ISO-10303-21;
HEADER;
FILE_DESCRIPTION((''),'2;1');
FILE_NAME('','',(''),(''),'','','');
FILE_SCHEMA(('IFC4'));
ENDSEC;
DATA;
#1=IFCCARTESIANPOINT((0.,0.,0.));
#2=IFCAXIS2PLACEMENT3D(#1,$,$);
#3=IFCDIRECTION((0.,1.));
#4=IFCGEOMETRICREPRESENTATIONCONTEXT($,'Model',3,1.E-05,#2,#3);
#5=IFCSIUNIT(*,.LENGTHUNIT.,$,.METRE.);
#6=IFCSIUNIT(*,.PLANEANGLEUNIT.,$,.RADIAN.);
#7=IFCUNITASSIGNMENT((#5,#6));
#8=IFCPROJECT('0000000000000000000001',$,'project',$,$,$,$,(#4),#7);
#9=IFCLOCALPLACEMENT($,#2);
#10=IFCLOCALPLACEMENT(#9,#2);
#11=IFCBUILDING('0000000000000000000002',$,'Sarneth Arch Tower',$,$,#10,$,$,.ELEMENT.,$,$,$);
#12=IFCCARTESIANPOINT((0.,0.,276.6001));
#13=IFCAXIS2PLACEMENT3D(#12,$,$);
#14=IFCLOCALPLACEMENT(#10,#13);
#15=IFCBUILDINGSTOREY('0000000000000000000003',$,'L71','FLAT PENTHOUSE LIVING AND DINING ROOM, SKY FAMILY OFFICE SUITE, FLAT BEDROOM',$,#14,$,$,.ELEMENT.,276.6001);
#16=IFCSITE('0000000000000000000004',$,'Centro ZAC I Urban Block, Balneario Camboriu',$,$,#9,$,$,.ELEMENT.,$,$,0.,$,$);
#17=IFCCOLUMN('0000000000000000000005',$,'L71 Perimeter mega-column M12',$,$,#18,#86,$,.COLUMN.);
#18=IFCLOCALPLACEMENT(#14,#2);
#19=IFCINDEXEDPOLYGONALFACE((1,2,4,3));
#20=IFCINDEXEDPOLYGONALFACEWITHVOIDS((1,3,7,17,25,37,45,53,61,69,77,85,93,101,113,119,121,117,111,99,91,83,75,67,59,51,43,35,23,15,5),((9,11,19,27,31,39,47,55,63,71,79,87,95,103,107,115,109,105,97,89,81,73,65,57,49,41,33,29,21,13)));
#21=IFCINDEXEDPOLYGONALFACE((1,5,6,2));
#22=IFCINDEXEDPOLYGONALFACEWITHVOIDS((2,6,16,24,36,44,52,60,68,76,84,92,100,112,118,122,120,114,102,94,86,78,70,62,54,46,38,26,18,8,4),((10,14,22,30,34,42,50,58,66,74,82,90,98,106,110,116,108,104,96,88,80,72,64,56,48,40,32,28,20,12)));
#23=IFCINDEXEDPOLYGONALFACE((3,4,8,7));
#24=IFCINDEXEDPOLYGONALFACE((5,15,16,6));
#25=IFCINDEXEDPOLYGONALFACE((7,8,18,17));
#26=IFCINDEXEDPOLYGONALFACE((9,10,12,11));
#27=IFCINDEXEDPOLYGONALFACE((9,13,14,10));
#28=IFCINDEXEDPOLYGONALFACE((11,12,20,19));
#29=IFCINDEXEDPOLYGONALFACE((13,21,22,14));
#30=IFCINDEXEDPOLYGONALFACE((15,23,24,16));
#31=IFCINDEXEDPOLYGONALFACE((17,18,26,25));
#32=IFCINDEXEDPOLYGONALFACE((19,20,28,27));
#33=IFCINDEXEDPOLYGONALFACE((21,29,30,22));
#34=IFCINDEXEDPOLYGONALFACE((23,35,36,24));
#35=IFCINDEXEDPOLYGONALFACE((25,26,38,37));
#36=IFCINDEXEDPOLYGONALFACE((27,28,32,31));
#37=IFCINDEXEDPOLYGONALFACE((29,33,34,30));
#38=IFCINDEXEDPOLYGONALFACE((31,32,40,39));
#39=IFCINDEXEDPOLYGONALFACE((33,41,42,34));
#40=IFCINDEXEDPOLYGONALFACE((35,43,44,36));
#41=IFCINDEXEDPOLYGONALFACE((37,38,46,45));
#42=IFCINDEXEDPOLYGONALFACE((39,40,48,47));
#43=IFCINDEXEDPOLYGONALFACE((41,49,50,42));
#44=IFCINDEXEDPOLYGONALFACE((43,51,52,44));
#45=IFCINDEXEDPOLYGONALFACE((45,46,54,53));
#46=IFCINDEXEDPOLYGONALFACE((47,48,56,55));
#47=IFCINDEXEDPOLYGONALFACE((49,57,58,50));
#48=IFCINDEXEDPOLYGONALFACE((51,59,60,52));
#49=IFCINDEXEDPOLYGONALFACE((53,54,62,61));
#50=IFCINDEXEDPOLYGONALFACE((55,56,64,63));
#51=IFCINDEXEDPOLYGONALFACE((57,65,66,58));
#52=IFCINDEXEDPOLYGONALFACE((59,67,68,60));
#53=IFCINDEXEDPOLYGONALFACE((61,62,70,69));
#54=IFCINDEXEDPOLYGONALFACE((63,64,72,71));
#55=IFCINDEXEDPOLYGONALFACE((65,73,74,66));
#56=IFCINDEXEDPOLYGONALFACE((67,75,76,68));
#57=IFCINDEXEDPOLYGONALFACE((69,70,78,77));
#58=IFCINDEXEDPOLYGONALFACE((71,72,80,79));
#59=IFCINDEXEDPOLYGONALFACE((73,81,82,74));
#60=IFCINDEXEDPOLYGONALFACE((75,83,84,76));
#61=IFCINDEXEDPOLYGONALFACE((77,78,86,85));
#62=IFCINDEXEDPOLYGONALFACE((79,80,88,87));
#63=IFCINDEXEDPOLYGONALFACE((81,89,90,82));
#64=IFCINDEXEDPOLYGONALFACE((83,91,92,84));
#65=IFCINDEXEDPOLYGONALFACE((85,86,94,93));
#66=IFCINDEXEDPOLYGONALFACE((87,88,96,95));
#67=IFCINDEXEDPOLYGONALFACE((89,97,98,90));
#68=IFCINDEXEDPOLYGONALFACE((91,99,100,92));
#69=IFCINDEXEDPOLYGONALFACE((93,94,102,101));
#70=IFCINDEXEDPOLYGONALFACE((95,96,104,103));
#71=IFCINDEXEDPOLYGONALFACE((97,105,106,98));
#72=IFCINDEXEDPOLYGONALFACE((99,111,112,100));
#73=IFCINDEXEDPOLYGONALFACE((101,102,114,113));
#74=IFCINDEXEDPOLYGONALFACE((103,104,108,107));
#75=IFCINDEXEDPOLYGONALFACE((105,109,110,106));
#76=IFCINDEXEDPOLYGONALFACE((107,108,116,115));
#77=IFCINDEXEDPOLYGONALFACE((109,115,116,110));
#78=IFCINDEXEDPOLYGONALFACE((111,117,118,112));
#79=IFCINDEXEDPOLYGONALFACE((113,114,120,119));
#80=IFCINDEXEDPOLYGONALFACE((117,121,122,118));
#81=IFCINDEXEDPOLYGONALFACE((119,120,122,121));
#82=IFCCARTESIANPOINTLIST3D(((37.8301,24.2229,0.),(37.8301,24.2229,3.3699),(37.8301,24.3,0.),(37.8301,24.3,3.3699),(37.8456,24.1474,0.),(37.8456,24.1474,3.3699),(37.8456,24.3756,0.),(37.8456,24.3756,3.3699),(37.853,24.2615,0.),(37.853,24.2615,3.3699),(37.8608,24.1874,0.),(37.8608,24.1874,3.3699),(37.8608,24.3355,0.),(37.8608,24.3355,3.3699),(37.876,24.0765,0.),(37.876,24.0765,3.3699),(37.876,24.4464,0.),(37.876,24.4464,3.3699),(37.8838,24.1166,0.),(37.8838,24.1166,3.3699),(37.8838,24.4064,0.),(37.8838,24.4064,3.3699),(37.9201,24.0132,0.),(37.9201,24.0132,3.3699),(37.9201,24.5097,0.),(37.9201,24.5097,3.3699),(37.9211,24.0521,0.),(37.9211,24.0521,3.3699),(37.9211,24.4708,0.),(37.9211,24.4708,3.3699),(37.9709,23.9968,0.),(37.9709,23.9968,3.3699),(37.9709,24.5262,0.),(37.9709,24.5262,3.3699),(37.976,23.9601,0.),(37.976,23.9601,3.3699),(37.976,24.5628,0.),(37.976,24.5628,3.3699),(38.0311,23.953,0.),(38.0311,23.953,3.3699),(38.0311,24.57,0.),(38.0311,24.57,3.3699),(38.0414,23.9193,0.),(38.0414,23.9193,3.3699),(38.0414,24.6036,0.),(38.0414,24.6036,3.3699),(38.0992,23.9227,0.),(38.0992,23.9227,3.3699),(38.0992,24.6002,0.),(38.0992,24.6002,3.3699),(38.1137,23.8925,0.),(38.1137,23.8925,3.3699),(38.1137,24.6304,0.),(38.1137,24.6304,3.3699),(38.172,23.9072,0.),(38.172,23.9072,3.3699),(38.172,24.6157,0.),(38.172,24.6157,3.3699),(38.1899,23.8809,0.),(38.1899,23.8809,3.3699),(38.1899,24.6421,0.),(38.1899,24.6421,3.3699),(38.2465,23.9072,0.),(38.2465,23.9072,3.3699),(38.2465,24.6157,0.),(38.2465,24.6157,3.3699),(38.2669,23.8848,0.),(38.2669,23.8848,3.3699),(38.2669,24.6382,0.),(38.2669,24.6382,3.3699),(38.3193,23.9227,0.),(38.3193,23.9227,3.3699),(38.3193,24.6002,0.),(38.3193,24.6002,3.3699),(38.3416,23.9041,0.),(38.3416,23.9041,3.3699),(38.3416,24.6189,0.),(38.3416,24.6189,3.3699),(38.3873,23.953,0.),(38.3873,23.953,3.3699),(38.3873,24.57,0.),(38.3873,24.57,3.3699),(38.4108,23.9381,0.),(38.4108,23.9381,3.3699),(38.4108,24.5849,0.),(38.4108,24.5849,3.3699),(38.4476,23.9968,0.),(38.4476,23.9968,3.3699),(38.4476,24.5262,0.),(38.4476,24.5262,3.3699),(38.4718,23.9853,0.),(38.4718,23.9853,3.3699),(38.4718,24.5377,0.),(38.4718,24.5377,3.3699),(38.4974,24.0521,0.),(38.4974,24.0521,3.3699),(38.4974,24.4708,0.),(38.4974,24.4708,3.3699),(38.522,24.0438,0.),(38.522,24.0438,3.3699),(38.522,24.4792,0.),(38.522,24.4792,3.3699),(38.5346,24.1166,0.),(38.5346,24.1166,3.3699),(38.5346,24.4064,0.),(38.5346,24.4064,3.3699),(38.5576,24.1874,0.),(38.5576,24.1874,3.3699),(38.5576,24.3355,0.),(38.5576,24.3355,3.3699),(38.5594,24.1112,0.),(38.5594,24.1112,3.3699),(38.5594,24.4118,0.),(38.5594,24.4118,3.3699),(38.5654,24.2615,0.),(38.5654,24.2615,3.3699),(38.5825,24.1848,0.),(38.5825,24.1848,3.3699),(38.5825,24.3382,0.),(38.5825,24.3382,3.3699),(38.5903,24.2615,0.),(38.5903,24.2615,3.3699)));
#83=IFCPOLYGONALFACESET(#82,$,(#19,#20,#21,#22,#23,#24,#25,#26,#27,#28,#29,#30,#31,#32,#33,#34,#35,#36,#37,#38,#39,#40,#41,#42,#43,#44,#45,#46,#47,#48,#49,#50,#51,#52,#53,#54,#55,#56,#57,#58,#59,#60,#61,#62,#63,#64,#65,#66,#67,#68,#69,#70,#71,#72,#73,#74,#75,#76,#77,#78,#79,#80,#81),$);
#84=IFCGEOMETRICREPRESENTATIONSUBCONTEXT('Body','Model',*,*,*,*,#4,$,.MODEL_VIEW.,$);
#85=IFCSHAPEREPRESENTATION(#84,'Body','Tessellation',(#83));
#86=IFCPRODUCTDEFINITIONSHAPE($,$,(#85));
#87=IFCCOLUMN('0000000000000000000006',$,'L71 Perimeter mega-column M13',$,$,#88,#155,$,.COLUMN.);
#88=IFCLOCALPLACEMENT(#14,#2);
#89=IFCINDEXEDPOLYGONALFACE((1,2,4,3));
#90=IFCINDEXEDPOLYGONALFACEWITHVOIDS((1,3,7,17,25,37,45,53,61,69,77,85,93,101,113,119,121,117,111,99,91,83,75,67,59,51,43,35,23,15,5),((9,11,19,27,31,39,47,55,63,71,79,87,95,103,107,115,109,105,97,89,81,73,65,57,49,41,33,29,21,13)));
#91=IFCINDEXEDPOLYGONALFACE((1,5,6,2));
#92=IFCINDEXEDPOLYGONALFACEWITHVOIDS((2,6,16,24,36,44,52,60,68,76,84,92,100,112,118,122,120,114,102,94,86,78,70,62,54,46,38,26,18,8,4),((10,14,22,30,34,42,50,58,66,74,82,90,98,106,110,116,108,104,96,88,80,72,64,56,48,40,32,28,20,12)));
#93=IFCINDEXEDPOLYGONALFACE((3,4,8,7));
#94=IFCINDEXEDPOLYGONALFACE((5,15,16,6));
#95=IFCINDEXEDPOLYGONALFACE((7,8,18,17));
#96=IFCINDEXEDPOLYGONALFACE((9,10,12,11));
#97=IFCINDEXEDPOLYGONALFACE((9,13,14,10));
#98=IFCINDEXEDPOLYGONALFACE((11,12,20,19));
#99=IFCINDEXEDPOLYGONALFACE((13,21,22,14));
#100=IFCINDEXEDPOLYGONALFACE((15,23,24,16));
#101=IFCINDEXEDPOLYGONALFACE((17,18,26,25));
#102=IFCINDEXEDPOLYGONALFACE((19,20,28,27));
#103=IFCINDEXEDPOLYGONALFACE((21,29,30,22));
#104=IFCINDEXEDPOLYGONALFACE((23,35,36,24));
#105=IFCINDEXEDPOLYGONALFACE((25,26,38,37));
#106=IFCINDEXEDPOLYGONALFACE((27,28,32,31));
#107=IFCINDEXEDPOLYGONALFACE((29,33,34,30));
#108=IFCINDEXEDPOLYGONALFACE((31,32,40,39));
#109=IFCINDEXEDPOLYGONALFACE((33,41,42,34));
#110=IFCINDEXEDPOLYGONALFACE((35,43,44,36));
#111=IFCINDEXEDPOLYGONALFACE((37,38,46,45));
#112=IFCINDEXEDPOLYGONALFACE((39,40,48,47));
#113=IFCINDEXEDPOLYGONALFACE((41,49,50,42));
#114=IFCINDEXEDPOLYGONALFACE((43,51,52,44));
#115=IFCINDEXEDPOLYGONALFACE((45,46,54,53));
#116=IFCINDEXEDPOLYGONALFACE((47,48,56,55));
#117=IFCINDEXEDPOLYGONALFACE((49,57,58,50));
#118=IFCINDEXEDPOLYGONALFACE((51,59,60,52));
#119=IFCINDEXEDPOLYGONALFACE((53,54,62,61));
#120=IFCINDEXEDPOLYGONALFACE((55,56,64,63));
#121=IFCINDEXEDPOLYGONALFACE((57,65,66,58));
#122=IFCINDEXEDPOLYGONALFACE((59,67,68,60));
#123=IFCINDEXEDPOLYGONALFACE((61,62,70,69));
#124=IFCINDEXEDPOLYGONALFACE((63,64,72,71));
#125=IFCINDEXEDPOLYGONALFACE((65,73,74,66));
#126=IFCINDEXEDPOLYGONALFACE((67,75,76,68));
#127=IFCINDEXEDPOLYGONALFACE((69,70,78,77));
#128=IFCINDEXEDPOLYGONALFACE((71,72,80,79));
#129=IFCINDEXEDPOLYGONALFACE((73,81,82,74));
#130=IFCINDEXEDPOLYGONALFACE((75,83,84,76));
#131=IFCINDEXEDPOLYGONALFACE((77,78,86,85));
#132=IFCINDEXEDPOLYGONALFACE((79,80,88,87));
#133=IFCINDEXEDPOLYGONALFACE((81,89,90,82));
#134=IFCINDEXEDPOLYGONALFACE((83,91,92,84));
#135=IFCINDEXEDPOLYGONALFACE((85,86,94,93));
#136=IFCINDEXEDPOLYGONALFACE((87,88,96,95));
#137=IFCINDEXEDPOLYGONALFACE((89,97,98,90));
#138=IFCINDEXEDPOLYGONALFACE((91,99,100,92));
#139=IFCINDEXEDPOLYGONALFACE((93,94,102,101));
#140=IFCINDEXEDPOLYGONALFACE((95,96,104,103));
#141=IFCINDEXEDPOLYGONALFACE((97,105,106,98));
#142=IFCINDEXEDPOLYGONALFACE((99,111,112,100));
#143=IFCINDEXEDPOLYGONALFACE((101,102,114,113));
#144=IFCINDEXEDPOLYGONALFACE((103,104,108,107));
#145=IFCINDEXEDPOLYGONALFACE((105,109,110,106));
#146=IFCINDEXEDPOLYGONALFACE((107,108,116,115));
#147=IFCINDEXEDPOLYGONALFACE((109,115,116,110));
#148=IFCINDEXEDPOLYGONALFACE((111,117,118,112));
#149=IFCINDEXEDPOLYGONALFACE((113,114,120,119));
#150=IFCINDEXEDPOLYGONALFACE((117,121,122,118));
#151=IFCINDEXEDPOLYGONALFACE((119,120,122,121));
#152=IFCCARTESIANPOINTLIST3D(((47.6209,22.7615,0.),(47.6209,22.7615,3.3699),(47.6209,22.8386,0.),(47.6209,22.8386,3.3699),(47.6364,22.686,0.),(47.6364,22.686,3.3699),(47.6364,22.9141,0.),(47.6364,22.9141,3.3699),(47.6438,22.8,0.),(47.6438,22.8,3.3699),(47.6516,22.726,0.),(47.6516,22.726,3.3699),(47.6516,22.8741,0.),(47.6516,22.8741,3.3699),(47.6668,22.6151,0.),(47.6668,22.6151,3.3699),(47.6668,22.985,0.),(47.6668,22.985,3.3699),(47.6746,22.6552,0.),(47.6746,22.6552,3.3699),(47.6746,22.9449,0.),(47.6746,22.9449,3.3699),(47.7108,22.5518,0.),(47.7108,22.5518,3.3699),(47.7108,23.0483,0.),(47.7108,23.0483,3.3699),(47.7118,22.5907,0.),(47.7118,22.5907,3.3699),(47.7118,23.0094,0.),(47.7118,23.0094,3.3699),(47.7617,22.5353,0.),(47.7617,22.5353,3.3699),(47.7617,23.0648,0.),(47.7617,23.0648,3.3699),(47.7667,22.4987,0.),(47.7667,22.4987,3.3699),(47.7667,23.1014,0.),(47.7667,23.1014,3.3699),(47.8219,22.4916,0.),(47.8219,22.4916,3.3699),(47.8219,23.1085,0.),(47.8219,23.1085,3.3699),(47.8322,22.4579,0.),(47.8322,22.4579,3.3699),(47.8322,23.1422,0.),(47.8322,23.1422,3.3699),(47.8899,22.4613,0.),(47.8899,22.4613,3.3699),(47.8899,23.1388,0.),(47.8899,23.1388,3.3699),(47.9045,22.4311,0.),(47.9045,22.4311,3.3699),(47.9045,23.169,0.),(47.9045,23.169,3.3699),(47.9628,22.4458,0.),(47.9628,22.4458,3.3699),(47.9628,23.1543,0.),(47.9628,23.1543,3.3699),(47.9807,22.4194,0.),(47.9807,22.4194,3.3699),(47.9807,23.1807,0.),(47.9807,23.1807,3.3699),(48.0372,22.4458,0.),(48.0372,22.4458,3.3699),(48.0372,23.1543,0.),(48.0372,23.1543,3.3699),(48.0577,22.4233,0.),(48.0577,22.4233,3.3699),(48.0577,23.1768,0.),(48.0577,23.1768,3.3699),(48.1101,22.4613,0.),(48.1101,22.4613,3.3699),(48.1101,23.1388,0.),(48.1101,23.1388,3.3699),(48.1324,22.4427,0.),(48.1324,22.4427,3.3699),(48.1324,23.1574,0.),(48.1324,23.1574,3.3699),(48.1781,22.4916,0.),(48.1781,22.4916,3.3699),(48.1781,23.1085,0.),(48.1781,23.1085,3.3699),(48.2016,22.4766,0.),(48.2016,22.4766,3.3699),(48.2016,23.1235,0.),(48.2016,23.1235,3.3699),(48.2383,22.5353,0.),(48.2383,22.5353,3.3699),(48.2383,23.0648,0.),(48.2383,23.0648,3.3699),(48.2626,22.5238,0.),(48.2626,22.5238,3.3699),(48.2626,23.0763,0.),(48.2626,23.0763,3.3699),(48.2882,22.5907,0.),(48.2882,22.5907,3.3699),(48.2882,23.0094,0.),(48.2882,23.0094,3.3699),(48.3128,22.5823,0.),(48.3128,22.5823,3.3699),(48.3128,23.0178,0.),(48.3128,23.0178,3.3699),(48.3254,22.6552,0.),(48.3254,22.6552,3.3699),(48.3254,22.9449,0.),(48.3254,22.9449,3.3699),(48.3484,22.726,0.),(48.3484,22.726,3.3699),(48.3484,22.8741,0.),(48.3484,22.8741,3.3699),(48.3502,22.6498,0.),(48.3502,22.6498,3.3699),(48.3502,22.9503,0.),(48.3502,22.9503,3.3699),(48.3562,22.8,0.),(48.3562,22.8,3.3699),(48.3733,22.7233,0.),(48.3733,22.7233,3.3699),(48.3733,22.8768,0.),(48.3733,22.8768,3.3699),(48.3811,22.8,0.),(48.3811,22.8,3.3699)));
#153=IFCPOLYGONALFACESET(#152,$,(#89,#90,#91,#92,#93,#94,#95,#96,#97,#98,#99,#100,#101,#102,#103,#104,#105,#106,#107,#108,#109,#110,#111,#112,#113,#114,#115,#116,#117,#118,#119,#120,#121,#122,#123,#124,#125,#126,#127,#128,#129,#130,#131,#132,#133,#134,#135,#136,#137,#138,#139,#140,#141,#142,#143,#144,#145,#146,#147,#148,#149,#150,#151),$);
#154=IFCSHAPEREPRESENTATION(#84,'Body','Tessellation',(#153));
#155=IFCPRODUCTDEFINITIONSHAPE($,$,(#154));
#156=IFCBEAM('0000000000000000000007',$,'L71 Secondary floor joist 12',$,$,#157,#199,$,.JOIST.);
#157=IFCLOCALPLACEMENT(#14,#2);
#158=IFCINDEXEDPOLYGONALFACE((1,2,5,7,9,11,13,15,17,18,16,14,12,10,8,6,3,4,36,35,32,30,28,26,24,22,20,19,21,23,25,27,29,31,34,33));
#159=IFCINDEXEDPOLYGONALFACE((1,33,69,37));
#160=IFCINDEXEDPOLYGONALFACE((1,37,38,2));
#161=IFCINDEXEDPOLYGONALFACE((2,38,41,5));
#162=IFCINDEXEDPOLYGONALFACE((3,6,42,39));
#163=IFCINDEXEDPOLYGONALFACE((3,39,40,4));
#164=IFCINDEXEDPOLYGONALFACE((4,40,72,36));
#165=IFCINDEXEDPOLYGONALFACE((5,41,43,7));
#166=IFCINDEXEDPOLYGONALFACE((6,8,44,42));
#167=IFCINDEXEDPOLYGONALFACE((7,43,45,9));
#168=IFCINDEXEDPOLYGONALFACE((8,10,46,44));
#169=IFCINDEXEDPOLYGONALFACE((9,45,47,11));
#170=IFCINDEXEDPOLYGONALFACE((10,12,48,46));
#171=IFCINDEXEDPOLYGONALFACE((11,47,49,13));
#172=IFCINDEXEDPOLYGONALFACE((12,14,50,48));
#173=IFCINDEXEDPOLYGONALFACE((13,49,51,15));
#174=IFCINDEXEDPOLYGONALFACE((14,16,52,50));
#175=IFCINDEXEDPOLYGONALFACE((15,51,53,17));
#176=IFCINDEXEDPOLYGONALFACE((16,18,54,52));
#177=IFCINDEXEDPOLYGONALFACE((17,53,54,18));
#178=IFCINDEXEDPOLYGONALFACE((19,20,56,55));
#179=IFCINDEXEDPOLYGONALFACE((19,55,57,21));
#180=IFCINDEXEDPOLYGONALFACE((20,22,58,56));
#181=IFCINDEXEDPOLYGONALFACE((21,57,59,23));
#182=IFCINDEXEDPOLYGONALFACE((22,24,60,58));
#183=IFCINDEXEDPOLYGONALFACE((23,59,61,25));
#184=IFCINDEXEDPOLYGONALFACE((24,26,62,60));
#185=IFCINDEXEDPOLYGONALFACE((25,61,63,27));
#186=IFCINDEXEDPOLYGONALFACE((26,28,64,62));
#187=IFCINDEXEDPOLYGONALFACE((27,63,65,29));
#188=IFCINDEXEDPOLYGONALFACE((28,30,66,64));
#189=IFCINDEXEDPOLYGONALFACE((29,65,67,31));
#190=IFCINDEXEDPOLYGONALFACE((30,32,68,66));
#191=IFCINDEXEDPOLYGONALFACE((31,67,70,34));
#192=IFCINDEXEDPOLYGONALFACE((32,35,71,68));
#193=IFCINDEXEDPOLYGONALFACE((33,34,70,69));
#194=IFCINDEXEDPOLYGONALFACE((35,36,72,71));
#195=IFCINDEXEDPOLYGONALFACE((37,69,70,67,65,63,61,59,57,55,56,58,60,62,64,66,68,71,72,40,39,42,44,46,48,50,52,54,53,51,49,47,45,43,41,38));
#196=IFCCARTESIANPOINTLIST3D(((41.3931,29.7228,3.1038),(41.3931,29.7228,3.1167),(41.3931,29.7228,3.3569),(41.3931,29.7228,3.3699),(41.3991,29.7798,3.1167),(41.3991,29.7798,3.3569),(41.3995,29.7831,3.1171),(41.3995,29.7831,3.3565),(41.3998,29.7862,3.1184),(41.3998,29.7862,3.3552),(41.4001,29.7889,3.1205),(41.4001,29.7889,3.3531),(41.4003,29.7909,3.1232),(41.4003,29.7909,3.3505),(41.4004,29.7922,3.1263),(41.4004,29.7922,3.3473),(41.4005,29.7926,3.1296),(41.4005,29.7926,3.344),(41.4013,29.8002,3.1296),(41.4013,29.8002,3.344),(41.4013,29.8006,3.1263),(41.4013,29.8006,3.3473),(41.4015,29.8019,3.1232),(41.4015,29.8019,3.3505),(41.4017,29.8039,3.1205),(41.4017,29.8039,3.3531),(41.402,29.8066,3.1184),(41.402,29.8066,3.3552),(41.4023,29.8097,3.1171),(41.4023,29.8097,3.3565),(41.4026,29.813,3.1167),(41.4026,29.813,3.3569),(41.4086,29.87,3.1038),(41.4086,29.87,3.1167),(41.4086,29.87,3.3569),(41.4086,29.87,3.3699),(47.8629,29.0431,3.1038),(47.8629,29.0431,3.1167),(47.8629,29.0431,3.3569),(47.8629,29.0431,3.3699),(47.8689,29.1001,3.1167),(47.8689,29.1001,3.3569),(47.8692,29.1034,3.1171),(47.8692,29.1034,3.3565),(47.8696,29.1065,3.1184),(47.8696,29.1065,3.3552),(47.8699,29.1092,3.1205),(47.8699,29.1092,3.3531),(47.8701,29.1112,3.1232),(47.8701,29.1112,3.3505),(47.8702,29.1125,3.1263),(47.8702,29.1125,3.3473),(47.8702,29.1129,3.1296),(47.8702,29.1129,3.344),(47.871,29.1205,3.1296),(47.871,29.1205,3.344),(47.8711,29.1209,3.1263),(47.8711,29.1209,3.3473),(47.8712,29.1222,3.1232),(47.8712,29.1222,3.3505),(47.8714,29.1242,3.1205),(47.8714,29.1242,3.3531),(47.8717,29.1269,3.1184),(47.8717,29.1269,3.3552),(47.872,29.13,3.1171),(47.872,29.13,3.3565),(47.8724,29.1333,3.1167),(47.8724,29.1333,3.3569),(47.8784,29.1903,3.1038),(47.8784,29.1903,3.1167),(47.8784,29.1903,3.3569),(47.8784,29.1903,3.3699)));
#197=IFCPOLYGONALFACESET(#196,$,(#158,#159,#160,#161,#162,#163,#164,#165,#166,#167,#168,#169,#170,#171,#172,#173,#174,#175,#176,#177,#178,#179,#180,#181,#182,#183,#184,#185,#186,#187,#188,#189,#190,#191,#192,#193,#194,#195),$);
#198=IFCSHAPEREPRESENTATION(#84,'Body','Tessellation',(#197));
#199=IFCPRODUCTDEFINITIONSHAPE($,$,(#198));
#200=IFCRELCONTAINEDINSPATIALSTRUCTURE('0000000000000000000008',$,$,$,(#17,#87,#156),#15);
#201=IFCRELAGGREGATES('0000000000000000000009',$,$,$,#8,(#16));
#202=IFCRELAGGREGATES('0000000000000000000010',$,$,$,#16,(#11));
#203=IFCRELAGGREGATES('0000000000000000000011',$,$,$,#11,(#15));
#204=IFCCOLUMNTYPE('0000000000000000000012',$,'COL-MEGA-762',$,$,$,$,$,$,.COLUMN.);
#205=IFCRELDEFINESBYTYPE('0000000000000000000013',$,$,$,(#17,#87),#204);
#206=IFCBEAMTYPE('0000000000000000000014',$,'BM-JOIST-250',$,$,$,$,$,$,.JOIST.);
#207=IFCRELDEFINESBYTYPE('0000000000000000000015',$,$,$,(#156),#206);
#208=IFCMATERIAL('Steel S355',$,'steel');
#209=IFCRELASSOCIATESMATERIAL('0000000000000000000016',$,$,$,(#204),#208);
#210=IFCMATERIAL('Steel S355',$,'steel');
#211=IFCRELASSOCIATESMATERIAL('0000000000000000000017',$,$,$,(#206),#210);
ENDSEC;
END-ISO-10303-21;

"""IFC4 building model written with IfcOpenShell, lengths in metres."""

from ifc_helpers import new_model, si_unit, direction, frame, origin, origin_2d, place, context, subcontext, project, spatial, hollow_circle, i_section, extrude, material, material_profile, profile_set, type_object, element, save


model = new_model("IFC4")

# Units and contexts
model_context = context("Model", 3, precision=1e-05, world=origin(), true_north=direction((0.0, 1.0)))
body_context = subcontext(model_context, "Body", "Model", "MODEL_VIEW")
ifc_project = project(units=[si_unit("LENGTHUNIT", "METRE"), si_unit("PLANEANGLEUNIT", "RADIAN")], contexts=[model_context])

# Site, building, storey
site_placement = place(None, origin())
site = spatial("IfcSite", under=ifc_project, at=site_placement, Name="Centro ZAC I Urban Block, Balneario Camboriu", CompositionType="ELEMENT", RefElevation=0.0)
building_placement = place(site_placement, origin())
building = spatial("IfcBuilding", under=site, at=building_placement, Name="Sarneth Arch Tower", CompositionType="ELEMENT")
storey_placement = place(building_placement, frame((0.0, 0.0, 276.6001)))
storey = spatial("IfcBuildingStorey", under=building, at=storey_placement, Name="L71", Description="FLAT PENTHOUSE LIVING AND DINING ROOM, SKY FAMILY OFFICE SUITE, FLAT BEDROOM", CompositionType="ELEMENT", Elevation=276.6001)

# Columns
ifc_material_1 = material(Name="Steel S355", Category="steel")
ifc_material_profile_1 = material_profile(ifc_material_1, hollow_circle(Radius=0.3811, WallThickness=0.0249, at=origin_2d()), Name="CHS762x25")
ifc_profile_set_1 = profile_set([ifc_material_profile_1], Name="Steel S355")
column_type = type_object("IfcColumnType", Name="COL-MEGA-762", PredefinedType="COLUMN", material=ifc_profile_set_1)
for number, where, z_axis, x_axis, name in (
    (1, (38.2092, 24.2615, 0.0), (0.0, 0.0, 1.0), (1.0, 0.0, 0.0), "L71 Perimeter mega-column M12"),
    (2, (48.0, 22.8, 0.0), (0.0, 0.0, 1.0), (1.0, 0.0, 0.0), "L71 Perimeter mega-column M13"),
):
    element("IfcColumn", number, at=place(storey_placement, frame(where, z_axis=z_axis, x_axis=x_axis)), inside=storey, type_object=column_type, Name=name, PredefinedType="COLUMN", context=body_context, shape_type="SweptSolid", body=[
        extrude(hollow_circle(Radius=0.3811, WallThickness=0.0249, at=origin_2d()), origin(), (0.0, 0.0, 1.0), 3.3699),
    ])

# Beam
ifc_material_2 = material(Name="Steel S355", Category="steel")
ifc_material_profile_2 = material_profile(ifc_material_2, i_section(OverallWidth=0.1479, OverallDepth=0.2661, WebThickness=0.0076, FlangeThickness=0.0129, FilletRadius=0.0129, at=origin_2d()), Name="W250x44.8")
ifc_profile_set_2 = profile_set([ifc_material_profile_2], Name="Steel S355")
beam_type_1 = type_object("IfcBeamType", Name="BM-JOIST-250", PredefinedType="JOIST", material=ifc_profile_set_2)
beam_1_placement = place(storey_placement, frame((41.4009, 29.7964, 3.2368), z_axis=(0.994527, -0.104482, 0.0), x_axis=(0.104482, 0.994527, 0.0)))
element("IfcBeam", 3, at=beam_1_placement, inside=storey, type_object=beam_type_1, Name="L71 Secondary floor joist 12", PredefinedType="JOIST", context=body_context, shape_type="SweptSolid", body=[
    extrude(i_section(OverallWidth=0.1479, OverallDepth=0.2661, WebThickness=0.0076, FlangeThickness=0.0129, FilletRadius=0.0129, at=origin_2d()), origin(), (0.0, 0.0, 1.0), 6.5054),
])

save(model, "model.ifc")
